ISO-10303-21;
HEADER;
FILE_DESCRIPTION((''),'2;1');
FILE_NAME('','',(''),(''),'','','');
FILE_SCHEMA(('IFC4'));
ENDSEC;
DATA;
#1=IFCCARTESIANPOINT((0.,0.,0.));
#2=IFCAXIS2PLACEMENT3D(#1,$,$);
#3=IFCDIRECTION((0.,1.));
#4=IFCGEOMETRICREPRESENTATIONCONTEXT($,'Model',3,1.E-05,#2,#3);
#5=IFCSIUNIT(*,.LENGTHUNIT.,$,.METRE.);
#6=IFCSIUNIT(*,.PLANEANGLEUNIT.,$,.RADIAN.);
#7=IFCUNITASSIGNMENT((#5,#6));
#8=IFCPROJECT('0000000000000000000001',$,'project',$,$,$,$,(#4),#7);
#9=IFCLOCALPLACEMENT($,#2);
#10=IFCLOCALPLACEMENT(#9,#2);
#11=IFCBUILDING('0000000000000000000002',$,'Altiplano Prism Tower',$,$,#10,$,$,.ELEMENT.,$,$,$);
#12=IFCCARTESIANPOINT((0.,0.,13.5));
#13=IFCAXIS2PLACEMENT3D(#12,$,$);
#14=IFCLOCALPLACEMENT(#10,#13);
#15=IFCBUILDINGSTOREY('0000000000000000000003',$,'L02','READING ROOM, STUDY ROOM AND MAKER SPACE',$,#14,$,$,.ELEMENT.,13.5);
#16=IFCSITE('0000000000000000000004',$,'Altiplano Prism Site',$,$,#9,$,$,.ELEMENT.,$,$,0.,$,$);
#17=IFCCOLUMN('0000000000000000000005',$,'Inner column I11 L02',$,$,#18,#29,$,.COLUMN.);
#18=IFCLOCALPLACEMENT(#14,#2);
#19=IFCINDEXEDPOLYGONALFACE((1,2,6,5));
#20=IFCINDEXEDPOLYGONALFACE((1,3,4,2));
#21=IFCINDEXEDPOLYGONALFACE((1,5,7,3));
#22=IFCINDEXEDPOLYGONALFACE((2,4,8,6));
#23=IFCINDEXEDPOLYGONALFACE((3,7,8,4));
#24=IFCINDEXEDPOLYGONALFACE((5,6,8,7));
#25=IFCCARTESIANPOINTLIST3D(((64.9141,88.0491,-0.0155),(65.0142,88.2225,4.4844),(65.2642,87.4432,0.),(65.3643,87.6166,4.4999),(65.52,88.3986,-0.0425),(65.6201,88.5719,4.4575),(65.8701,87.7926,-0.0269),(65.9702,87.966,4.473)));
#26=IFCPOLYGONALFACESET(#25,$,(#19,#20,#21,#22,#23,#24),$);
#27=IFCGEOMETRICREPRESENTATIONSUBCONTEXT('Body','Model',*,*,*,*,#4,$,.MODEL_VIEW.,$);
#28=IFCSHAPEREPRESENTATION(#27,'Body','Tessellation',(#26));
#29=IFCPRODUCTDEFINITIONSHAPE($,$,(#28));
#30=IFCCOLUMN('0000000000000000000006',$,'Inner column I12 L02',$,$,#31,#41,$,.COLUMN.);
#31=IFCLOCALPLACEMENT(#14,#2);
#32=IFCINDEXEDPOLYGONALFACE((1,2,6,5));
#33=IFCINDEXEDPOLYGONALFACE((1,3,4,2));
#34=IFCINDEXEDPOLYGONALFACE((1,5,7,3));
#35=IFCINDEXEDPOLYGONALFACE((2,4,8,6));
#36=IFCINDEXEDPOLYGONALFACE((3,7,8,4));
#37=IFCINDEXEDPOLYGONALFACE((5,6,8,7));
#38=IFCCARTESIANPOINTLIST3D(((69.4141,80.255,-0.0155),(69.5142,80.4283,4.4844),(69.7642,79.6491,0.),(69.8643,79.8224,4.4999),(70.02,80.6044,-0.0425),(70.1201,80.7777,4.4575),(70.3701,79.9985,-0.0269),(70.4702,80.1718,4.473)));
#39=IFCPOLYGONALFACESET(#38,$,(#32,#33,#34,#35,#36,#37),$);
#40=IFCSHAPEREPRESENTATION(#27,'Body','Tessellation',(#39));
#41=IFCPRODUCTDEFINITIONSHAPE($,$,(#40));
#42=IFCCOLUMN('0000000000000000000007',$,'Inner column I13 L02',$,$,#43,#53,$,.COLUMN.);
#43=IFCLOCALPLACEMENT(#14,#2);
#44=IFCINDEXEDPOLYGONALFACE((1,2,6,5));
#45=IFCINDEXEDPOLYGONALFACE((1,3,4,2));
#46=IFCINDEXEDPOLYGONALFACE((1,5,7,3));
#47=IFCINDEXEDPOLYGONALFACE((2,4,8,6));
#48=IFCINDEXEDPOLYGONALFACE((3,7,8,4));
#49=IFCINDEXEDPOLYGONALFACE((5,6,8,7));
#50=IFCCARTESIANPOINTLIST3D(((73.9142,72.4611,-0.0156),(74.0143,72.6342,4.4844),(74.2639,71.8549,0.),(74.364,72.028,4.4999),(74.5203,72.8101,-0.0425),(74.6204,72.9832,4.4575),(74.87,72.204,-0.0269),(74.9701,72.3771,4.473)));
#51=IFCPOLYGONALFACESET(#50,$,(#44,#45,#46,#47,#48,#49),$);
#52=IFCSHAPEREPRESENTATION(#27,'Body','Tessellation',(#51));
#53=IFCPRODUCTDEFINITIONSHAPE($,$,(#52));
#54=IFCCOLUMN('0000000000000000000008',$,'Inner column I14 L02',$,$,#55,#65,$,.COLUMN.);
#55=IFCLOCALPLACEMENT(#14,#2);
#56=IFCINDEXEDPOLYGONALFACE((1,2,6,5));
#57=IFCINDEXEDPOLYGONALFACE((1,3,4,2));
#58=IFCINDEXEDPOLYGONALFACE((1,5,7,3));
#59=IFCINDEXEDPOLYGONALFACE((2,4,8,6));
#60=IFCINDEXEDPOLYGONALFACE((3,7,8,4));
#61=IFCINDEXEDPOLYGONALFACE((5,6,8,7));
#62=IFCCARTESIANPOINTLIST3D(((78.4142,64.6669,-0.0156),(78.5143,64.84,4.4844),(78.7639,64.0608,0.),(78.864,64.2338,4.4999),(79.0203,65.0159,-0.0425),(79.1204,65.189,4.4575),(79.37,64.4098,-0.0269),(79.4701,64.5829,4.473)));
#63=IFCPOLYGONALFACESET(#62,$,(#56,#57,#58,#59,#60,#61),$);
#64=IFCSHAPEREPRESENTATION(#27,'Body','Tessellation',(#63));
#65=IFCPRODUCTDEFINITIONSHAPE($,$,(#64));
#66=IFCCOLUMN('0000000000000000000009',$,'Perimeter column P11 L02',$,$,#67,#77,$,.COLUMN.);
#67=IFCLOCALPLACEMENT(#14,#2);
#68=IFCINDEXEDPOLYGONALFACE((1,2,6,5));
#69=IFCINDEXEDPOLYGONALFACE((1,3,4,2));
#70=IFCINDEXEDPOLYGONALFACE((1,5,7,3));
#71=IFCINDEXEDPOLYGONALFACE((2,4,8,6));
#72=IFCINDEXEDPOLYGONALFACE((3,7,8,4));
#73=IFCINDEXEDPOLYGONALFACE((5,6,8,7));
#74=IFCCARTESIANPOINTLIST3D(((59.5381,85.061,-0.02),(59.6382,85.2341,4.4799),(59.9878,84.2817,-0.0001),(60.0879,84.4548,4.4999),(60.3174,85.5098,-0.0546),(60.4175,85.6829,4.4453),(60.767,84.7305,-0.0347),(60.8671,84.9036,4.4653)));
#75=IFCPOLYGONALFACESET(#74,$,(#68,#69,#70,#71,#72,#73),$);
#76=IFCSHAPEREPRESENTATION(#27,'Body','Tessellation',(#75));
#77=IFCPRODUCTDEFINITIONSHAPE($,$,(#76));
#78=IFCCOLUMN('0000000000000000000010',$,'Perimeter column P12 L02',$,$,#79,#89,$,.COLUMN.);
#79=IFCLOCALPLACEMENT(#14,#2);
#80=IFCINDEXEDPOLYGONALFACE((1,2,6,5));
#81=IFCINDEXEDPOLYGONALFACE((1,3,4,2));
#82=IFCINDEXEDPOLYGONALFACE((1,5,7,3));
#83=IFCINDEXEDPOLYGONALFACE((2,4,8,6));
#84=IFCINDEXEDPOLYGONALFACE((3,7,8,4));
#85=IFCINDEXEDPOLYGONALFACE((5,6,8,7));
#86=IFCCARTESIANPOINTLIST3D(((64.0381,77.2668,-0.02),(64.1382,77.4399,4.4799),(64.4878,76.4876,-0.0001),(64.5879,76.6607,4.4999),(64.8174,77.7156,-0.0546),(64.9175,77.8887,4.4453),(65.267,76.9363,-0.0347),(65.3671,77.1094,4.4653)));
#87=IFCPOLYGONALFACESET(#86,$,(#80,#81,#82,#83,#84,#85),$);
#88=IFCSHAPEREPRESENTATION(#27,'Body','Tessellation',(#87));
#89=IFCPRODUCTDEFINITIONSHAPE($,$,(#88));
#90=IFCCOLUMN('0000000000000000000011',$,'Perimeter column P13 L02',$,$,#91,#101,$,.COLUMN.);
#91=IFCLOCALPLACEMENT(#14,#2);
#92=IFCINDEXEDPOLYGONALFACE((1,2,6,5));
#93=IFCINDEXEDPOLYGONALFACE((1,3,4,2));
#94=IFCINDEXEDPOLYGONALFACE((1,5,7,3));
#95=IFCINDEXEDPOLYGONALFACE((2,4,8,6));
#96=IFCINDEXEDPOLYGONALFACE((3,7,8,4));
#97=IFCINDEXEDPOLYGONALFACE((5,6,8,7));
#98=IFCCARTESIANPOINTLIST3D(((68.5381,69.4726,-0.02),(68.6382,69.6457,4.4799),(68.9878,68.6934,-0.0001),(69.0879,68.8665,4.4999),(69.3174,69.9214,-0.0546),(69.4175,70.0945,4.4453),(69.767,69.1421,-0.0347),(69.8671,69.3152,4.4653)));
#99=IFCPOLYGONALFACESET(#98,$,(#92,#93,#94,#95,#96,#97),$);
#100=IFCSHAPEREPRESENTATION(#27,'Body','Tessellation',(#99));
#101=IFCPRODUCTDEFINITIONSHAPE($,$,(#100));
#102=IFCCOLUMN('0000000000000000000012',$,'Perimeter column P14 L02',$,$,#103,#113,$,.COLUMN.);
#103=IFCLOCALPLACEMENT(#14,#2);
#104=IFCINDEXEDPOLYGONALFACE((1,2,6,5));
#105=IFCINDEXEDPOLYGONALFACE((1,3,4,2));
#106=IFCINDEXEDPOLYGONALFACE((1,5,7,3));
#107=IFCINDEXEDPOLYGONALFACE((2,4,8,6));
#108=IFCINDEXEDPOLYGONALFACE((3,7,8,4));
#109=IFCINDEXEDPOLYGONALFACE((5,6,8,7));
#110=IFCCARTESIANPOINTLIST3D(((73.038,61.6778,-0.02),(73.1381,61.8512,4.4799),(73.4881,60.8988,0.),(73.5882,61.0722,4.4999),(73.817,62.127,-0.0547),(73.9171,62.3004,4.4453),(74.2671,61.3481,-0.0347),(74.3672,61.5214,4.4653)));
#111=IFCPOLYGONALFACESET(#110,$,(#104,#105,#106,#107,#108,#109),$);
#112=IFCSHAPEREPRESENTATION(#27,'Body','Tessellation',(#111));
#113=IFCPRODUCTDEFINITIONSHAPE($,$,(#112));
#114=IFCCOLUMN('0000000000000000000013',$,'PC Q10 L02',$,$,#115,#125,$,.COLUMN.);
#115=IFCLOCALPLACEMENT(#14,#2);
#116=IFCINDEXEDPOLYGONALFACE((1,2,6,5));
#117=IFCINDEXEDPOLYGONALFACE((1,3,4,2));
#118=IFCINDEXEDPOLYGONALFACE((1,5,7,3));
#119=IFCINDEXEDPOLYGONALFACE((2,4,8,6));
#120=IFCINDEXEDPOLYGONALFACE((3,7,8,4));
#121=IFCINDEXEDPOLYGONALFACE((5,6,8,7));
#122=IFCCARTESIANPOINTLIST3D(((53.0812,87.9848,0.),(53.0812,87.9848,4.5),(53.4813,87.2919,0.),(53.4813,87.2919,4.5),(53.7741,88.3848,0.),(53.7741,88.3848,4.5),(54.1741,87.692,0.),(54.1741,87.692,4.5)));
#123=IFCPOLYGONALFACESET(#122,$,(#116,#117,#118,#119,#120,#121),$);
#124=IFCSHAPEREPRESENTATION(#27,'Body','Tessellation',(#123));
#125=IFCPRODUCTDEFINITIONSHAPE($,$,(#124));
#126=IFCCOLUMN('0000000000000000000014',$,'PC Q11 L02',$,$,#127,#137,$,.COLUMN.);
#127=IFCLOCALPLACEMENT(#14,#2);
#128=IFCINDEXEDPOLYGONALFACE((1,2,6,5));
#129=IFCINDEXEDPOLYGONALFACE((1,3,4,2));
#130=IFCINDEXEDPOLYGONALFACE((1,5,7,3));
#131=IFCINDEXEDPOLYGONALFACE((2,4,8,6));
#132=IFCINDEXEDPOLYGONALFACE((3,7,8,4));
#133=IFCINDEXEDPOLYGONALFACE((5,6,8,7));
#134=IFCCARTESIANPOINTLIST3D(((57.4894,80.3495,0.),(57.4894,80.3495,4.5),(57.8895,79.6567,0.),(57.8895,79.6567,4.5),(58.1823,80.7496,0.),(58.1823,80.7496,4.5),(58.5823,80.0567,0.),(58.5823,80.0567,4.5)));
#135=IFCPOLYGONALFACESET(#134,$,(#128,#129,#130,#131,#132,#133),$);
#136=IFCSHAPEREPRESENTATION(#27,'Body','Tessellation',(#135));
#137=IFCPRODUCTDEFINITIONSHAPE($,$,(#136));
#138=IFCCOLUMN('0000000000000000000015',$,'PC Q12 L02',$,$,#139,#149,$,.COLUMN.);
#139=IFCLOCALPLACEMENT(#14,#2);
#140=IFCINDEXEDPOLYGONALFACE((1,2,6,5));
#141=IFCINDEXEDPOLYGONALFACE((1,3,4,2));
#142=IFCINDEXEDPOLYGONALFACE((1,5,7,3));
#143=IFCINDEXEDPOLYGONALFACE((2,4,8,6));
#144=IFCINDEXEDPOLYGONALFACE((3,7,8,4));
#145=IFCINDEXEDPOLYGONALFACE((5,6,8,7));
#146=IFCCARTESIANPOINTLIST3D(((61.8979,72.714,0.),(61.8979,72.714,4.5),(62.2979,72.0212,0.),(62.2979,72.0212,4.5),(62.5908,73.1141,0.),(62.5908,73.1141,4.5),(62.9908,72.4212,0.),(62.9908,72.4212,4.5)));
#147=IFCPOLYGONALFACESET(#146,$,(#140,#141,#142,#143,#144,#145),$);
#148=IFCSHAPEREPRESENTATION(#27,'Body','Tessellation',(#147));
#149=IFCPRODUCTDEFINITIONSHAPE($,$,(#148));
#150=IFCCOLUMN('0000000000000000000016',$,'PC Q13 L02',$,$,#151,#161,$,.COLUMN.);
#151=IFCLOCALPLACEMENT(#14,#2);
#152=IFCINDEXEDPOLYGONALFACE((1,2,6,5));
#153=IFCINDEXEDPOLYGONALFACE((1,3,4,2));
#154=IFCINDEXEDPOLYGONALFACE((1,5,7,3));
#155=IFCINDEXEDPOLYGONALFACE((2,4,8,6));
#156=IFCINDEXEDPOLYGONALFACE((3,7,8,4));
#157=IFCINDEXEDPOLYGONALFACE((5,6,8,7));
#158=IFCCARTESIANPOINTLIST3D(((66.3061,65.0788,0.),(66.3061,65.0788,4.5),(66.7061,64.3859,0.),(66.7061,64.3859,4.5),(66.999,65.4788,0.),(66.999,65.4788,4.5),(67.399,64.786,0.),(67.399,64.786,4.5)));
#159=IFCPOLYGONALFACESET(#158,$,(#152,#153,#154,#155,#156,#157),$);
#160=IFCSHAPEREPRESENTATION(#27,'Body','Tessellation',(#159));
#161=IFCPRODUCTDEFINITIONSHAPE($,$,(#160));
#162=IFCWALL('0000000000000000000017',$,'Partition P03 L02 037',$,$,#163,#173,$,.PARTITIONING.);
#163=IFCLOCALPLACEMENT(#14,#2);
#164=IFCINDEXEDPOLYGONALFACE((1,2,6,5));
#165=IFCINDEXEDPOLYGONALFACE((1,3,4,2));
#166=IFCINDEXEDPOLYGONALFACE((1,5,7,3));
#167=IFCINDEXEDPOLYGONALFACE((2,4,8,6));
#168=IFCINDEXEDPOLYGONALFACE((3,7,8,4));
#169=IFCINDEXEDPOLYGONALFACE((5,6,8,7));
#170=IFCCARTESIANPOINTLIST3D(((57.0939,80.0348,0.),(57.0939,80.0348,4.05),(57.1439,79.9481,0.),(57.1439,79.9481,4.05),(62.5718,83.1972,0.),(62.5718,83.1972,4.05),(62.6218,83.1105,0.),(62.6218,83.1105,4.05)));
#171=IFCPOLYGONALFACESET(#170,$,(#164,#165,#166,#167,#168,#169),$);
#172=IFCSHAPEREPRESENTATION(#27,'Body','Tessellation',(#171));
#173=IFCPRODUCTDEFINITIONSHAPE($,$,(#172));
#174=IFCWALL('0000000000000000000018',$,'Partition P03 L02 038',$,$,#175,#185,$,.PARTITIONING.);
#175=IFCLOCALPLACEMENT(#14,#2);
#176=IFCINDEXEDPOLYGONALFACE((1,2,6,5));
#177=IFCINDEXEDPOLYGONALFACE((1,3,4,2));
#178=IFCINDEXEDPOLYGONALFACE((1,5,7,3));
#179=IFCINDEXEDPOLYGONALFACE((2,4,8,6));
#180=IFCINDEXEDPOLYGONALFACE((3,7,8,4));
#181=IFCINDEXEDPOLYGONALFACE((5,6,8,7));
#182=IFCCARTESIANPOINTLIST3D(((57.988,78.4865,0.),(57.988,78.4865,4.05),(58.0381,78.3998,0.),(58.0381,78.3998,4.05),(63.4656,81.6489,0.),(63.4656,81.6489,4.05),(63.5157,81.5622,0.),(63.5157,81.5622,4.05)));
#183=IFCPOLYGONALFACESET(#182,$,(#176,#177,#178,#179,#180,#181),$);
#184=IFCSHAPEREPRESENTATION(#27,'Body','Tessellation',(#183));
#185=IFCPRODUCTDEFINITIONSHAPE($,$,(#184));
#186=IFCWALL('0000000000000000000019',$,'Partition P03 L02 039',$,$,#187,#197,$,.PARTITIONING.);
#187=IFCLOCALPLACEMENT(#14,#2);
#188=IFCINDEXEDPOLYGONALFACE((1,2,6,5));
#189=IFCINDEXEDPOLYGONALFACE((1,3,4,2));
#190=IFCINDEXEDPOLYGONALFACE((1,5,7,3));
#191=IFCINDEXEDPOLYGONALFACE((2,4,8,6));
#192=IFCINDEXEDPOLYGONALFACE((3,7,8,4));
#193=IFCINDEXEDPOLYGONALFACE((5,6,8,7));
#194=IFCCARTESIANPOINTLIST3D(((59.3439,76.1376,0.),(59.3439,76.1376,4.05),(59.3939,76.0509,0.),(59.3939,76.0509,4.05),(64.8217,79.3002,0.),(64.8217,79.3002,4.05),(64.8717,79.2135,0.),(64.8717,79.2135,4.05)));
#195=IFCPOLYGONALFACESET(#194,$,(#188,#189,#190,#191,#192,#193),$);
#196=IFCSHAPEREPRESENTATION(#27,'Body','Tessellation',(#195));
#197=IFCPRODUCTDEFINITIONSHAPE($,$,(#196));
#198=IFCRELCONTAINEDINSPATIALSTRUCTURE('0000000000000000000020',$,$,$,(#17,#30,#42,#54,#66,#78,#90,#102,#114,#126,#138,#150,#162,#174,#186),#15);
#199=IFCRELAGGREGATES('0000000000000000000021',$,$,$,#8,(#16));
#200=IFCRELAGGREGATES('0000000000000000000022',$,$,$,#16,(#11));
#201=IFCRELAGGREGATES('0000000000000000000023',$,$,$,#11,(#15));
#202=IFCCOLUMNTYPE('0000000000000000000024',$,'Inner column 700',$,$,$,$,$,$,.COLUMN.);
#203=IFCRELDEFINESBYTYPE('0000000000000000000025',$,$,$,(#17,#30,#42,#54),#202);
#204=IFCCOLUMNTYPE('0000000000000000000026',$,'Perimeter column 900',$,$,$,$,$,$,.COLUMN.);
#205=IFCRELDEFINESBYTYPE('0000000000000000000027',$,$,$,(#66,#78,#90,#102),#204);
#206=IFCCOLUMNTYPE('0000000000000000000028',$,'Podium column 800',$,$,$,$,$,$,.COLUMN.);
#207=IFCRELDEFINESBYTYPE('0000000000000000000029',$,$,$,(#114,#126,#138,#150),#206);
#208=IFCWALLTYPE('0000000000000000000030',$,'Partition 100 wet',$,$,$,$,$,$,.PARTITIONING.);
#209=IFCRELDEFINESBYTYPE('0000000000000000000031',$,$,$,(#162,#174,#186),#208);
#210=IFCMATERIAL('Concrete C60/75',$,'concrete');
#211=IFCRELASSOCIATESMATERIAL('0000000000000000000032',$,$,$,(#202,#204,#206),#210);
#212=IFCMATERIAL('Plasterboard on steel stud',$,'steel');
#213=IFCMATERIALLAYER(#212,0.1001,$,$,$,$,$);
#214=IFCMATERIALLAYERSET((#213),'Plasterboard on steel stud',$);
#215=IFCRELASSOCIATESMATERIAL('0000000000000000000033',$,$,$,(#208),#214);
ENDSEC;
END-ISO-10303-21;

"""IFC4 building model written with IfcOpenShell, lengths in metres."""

from ifc_helpers import new_model, si_unit, direction, frame, frame_2d, origin, origin_2d, place, context, subcontext, project, spatial, rectangle, extrude, material, layer, layer_set, material_profile, profile_set, type_object, element, save


model = new_model("IFC4")

# Units and contexts
model_context = context("Model", 3, precision=1e-05, world=origin(), true_north=direction((0.0, 1.0)))
body_context = subcontext(model_context, "Body", "Model", "MODEL_VIEW")
ifc_project = project(units=[si_unit("LENGTHUNIT", "METRE"), si_unit("PLANEANGLEUNIT", "RADIAN")], contexts=[model_context])

# Site, building, storey
site_placement = place(None, origin())
site = spatial("IfcSite", under=ifc_project, at=site_placement, Name="Altiplano Prism Site", CompositionType="ELEMENT", RefElevation=0.0)
building_placement = place(site_placement, origin())
building = spatial("IfcBuilding", under=site, at=building_placement, Name="Altiplano Prism Tower", CompositionType="ELEMENT")
storey_placement = place(building_placement, frame((0.0, 0.0, 13.5)))
storey = spatial("IfcBuildingStorey", under=building, at=storey_placement, Name="L02", Description="READING ROOM, STUDY ROOM AND MAKER SPACE", CompositionType="ELEMENT", Elevation=13.5)

# Columns
ifc_material_1 = material(Name="Concrete C60/75", Category="concrete")
ifc_material_profile_1 = material_profile(ifc_material_1, rectangle(XDim=0.7, YDim=0.7, at=origin_2d()), Name="Inner column 700")
ifc_profile_set_1 = profile_set([ifc_material_profile_1], Name="Concrete C60/75")
column_type_1 = type_object("IfcColumnType", Name="Inner column 700", PredefinedType="COLUMN", material=ifc_profile_set_1)
for number, where, z_axis, x_axis, name in (
    (1, (65.3921, 87.9209, -0.0212), (0.022222, 0.038482, 0.999012), (-0.86564, -0.499186, 0.038484), "Inner column I11 L02"),
    (2, (69.8921, 80.1267, -0.0212), (0.022222, 0.038482, 0.999012), (-0.865642, -0.499182, 0.038484), "Inner column I12 L02"),
    (3, (74.3921, 72.3325, -0.0212), (0.022222, 0.038428, 0.999014), (-0.865947, -0.498657, 0.038443), "Inner column I13 L02"),
    (4, (78.8921, 64.5383, -0.0212), (0.022222, 0.038428, 0.999014), (-0.865947, -0.498657, 0.038443), "Inner column I14 L02"),
):
    element("IfcColumn", number, at=place(storey_placement, frame(where, z_axis=z_axis, x_axis=x_axis)), inside=storey, type_object=column_type_1, Name=name, PredefinedType="COLUMN", context=body_context, shape_type="SweptSolid", body=[
        extrude(rectangle(XDim=0.7, YDim=0.7, at=origin_2d()), origin(), (0.0, 0.0, 1.0), 4.5044),
    ])
ifc_material_profile_2 = material_profile(ifc_material_1, rectangle(XDim=0.8999, YDim=0.8999, at=origin_2d()), Name="Perimeter column 900")
ifc_profile_set_2 = profile_set([ifc_material_profile_2], Name="Concrete C60/75")
column_type_2 = type_object("IfcColumnType", Name="Perimeter column 900", PredefinedType="COLUMN", material=ifc_profile_set_2)
for number, where, z_axis, x_axis, name in (
    (5, (60.1526, 84.8958, -0.0273), (0.022222, 0.038428, 0.999014), (-0.865948, -0.498655, 0.038443), "Perimeter column P11 L02"),
    (6, (64.6526, 77.1016, -0.0273), (0.022222, 0.038428, 0.999014), (-0.865948, -0.498655, 0.038443), "Perimeter column P12 L02"),
    (7, (69.1526, 69.3074, -0.0273), (0.022222, 0.038428, 0.999014), (-0.865947, -0.498657, 0.038443), "Perimeter column P13 L02"),
    (8, (73.6526, 61.5129, -0.0273), (0.022222, 0.038482, 0.999012), (-0.865641, -0.499184, 0.038484), "Perimeter column P14 L02"),
):
    element("IfcColumn", number, at=place(storey_placement, frame(where, z_axis=z_axis, x_axis=x_axis)), inside=storey, type_object=column_type_2, Name=name, PredefinedType="COLUMN", context=body_context, shape_type="SweptSolid", body=[
        extrude(rectangle(XDim=0.8999, YDim=0.8999, at=origin_2d()), origin(), (0.0, 0.0, 1.0), 4.5044),
    ])
ifc_material_profile_3 = material_profile(ifc_material_1, rectangle(XDim=0.8, YDim=0.8, at=origin_2d()), Name="Podium column 800")
ifc_profile_set_3 = profile_set([ifc_material_profile_3], Name="Concrete C60/75")
column_type_3 = type_object("IfcColumnType", Name="Podium column 800", PredefinedType="COLUMN", material=ifc_profile_set_3)
for number, where, z_axis, x_axis, name in (
    (9, (53.6277, 87.8384, 0.0), (0.0, 0.0, 1.0), (0.866025, 0.5, 0.0), "PC Q10 L02"),
    (10, (58.0359, 80.2031, 0.0), (0.0, 0.0, 1.0), (0.866025, 0.5, 0.0), "PC Q11 L02"),
    (11, (62.4443, 72.5676, 0.0), (0.0, 0.0, 1.0), (0.866025, 0.5, 0.0), "PC Q12 L02"),
    (12, (66.8525, 64.9324, 0.0), (0.0, 0.0, 1.0), (0.866025, 0.5, 0.0), "PC Q13 L02"),
):
    element("IfcColumn", number, at=place(storey_placement, frame(where, z_axis=z_axis, x_axis=x_axis)), inside=storey, type_object=column_type_3, Name=name, PredefinedType="COLUMN", context=body_context, shape_type="SweptSolid", body=[
        extrude(rectangle(XDim=0.8, YDim=0.8, at=origin_2d()), origin(), (0.0, 0.0, 1.0), 4.5),
    ])

# Walls
ifc_material_2 = material(Name="Plasterboard on steel stud", Category="steel")
ifc_layer_1 = layer(ifc_material_2, 0.1001)
ifc_layer_set_1 = layer_set([ifc_layer_1], Name="Plasterboard on steel stud")
wall_type_1 = type_object("IfcWallType", Name="Partition 100 wet", PredefinedType="PARTITIONING", material=ifc_layer_set_1)
wall_1_placement = place(storey_placement, frame((57.1189, 79.9915, 0.0), z_axis=(0.0, 0.0, 1.0), x_axis=(0.866042, 0.499971, 0.0)))
element("IfcWall", 13, at=wall_1_placement, inside=storey, type_object=wall_type_1, Name="Partition P03 L02 037", PredefinedType="PARTITIONING", context=body_context, shape_type="SweptSolid", body=[
    extrude(rectangle(XDim=6.3252, YDim=0.1001, at=frame_2d((3.1626, 0.0))), origin(), (0.0, 0.0, 1.0), 4.05),
])
wall_2_placement = place(storey_placement, frame((58.0129, 78.4431, 0.0), z_axis=(0.0, 0.0, 1.0), x_axis=(0.866033, 0.499988, 0.0)))
element("IfcWall", 14, at=wall_2_placement, inside=storey, type_object=wall_type_1, Name="Partition P03 L02 038", PredefinedType="PARTITIONING", context=body_context, shape_type="SweptSolid", body=[
    extrude(rectangle(XDim=6.325, YDim=0.1001, at=frame_2d((3.1626, 0.0))), origin(), (0.0, 0.0, 1.0), 4.05),
])
wall_3_placement = place(storey_placement, frame((59.3689, 76.0942, 0.0), z_axis=(0.0, 0.0, 1.0), x_axis=(0.866026, 0.5, 0.0)))
element("IfcWall", 15, at=wall_3_placement, inside=storey, type_object=wall_type_1, Name="Partition P03 L02 039", PredefinedType="PARTITIONING", context=body_context, shape_type="SweptSolid", body=[
    extrude(rectangle(XDim=6.3252, YDim=0.1001, at=frame_2d((3.1626, 0.0))), origin(), (0.0, 0.0, 1.0), 4.05),
])

save(model, "model.ifc")
